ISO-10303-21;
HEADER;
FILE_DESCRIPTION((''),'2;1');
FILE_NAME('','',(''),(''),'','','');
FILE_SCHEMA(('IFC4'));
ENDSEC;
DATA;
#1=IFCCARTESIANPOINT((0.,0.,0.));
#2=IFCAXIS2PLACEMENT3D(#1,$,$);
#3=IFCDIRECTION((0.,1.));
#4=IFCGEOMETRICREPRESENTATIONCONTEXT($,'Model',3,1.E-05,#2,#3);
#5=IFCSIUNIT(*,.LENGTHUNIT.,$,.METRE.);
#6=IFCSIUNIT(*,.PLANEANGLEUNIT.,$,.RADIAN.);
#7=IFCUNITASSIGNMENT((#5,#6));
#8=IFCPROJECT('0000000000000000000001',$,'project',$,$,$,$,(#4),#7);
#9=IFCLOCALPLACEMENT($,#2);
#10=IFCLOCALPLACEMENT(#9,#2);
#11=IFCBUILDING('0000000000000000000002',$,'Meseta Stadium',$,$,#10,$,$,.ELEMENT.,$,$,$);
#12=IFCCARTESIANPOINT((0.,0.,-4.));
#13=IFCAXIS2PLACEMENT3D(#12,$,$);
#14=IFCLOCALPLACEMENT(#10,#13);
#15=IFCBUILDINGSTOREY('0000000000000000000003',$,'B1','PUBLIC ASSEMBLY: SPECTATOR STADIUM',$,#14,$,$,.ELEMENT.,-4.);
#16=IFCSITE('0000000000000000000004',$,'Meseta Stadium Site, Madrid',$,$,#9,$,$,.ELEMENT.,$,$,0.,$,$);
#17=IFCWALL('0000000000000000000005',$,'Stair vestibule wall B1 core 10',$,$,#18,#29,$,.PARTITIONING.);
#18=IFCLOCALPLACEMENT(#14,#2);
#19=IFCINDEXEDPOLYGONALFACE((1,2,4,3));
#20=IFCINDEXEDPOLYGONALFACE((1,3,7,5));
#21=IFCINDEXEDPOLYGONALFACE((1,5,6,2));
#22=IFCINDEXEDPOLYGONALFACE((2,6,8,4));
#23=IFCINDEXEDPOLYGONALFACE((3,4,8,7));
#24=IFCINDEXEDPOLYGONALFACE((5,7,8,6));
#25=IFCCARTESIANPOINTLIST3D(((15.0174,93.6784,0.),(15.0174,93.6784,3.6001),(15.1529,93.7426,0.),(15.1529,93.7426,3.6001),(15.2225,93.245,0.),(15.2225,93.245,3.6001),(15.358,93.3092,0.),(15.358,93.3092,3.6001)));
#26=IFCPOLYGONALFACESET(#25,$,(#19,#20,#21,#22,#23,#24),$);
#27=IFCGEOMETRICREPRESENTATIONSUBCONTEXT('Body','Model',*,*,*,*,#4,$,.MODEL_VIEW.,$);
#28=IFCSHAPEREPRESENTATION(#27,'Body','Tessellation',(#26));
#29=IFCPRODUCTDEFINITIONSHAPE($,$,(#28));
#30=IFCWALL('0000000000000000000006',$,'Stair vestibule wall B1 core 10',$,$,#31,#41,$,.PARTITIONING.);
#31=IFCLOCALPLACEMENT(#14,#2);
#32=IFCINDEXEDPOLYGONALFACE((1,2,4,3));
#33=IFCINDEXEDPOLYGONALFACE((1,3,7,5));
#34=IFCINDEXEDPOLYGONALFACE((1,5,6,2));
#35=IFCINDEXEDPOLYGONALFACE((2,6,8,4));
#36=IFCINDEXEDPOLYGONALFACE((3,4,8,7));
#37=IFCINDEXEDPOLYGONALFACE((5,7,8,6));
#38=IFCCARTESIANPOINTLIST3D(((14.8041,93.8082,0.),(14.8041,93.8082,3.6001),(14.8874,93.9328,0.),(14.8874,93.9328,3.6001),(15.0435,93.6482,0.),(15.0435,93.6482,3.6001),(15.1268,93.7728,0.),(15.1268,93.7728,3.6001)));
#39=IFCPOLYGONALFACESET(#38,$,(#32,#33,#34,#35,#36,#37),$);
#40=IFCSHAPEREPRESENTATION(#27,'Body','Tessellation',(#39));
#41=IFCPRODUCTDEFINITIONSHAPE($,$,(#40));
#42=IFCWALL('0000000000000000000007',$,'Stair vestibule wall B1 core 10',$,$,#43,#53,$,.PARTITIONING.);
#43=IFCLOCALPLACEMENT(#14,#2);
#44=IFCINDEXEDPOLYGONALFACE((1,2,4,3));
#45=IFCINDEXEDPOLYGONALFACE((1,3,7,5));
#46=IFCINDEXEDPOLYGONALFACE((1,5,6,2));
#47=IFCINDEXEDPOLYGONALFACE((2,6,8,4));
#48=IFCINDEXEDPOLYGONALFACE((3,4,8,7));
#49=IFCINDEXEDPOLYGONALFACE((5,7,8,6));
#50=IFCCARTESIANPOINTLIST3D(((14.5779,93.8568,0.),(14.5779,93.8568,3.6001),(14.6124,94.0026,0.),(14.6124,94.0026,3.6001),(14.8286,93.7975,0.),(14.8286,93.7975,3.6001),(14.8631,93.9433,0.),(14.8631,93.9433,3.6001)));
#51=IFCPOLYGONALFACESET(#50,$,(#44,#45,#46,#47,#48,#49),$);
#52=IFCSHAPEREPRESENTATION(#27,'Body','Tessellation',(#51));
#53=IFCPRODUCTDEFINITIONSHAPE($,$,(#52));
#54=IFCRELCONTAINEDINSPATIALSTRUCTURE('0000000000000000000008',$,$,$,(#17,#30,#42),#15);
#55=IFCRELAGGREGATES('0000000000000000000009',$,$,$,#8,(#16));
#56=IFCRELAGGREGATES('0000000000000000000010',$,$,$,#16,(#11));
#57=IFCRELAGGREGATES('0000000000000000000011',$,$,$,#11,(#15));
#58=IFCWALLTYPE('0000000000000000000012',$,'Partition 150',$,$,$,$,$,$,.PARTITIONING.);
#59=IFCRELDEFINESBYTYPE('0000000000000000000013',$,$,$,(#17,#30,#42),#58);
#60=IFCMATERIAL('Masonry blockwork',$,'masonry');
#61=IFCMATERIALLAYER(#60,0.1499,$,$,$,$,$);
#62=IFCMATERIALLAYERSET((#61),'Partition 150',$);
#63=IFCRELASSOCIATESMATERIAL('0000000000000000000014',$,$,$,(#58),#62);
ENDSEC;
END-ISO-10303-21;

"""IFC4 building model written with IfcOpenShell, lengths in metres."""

from ifc_helpers import new_model, si_unit, direction, frame, frame_2d, origin, place, context, subcontext, project, spatial, rectangle, extrude, material, layer, layer_set, type_object, element, save


model = new_model("IFC4")

# Units and contexts
model_context = context("Model", 3, precision=1e-05, world=origin(), true_north=direction((0.0, 1.0)))
body_context = subcontext(model_context, "Body", "Model", "MODEL_VIEW")
ifc_project = project(units=[si_unit("LENGTHUNIT", "METRE"), si_unit("PLANEANGLEUNIT", "RADIAN")], contexts=[model_context])

# Site, building, storey
site_placement = place(None, origin())
site = spatial("IfcSite", under=ifc_project, at=site_placement, Name="Meseta Stadium Site, Madrid", CompositionType="ELEMENT", RefElevation=0.0)
building_placement = place(site_placement, origin())
building = spatial("IfcBuilding", under=site, at=building_placement, Name="Meseta Stadium", CompositionType="ELEMENT")
storey_placement = place(building_placement, frame((0.0, 0.0, -4.0)))
storey = spatial("IfcBuildingStorey", under=building, at=storey_placement, Name="B1", Description="PUBLIC ASSEMBLY: SPECTATOR STADIUM", CompositionType="ELEMENT", Elevation=-4.0)

# Walls
ifc_material_1 = material(Name="Masonry blockwork", Category="masonry")
ifc_layer_1 = layer(ifc_material_1, 0.1499)
ifc_layer_set_1 = layer_set([ifc_layer_1], Name="Partition 150")
wall_type_1 = type_object("IfcWallType", Name="Partition 150", PredefinedType="PARTITIONING", material=ifc_layer_set_1)
wall_1_placement = place(storey_placement, frame((15.2903, 93.2771, 0.0), z_axis=(0.0, 0.0, 1.0), x_axis=(-0.427758, 0.903893, 0.0)))
element("IfcWall", 1, at=wall_1_placement, inside=storey, type_object=wall_type_1, Name="Stair vestibule wall B1 core 10", PredefinedType="PARTITIONING", context=body_context, shape_type="SweptSolid", body=[
    extrude(rectangle(XDim=0.4795, YDim=0.1499, at=frame_2d((0.2397, 0.0))), origin(), (0.0, 0.0, 1.0), 3.6001),
])
wall_2_placement = place(storey_placement, frame((15.0852, 93.7104, 0.0), z_axis=(0.0, 0.0, 1.0), x_axis=(-0.831397, 0.555679, 0.0)))
element("IfcWall", 2, at=wall_2_placement, inside=storey, type_object=wall_type_1, Name="Stair vestibule wall B1 core 10", PredefinedType="PARTITIONING", context=body_context, shape_type="SweptSolid", body=[
    extrude(rectangle(XDim=0.2878, YDim=0.1499, at=frame_2d((0.144, 0.0))), origin(), (0.0, 0.0, 1.0), 3.6001),
])
wall_3_placement = place(storey_placement, frame((14.8459, 93.8704, 0.0), z_axis=(0.0, 0.0, 1.0), x_axis=(-0.973131, 0.230254, 0.0)))
element("IfcWall", 3, at=wall_3_placement, inside=storey, type_object=wall_type_1, Name="Stair vestibule wall B1 core 10", PredefinedType="PARTITIONING", context=body_context, shape_type="SweptSolid", body=[
    extrude(rectangle(XDim=0.2576, YDim=0.1499, at=frame_2d((0.1289, 0.0))), origin(), (0.0, 0.0, 1.0), 3.6001),
])

save(model, "model.ifc")
